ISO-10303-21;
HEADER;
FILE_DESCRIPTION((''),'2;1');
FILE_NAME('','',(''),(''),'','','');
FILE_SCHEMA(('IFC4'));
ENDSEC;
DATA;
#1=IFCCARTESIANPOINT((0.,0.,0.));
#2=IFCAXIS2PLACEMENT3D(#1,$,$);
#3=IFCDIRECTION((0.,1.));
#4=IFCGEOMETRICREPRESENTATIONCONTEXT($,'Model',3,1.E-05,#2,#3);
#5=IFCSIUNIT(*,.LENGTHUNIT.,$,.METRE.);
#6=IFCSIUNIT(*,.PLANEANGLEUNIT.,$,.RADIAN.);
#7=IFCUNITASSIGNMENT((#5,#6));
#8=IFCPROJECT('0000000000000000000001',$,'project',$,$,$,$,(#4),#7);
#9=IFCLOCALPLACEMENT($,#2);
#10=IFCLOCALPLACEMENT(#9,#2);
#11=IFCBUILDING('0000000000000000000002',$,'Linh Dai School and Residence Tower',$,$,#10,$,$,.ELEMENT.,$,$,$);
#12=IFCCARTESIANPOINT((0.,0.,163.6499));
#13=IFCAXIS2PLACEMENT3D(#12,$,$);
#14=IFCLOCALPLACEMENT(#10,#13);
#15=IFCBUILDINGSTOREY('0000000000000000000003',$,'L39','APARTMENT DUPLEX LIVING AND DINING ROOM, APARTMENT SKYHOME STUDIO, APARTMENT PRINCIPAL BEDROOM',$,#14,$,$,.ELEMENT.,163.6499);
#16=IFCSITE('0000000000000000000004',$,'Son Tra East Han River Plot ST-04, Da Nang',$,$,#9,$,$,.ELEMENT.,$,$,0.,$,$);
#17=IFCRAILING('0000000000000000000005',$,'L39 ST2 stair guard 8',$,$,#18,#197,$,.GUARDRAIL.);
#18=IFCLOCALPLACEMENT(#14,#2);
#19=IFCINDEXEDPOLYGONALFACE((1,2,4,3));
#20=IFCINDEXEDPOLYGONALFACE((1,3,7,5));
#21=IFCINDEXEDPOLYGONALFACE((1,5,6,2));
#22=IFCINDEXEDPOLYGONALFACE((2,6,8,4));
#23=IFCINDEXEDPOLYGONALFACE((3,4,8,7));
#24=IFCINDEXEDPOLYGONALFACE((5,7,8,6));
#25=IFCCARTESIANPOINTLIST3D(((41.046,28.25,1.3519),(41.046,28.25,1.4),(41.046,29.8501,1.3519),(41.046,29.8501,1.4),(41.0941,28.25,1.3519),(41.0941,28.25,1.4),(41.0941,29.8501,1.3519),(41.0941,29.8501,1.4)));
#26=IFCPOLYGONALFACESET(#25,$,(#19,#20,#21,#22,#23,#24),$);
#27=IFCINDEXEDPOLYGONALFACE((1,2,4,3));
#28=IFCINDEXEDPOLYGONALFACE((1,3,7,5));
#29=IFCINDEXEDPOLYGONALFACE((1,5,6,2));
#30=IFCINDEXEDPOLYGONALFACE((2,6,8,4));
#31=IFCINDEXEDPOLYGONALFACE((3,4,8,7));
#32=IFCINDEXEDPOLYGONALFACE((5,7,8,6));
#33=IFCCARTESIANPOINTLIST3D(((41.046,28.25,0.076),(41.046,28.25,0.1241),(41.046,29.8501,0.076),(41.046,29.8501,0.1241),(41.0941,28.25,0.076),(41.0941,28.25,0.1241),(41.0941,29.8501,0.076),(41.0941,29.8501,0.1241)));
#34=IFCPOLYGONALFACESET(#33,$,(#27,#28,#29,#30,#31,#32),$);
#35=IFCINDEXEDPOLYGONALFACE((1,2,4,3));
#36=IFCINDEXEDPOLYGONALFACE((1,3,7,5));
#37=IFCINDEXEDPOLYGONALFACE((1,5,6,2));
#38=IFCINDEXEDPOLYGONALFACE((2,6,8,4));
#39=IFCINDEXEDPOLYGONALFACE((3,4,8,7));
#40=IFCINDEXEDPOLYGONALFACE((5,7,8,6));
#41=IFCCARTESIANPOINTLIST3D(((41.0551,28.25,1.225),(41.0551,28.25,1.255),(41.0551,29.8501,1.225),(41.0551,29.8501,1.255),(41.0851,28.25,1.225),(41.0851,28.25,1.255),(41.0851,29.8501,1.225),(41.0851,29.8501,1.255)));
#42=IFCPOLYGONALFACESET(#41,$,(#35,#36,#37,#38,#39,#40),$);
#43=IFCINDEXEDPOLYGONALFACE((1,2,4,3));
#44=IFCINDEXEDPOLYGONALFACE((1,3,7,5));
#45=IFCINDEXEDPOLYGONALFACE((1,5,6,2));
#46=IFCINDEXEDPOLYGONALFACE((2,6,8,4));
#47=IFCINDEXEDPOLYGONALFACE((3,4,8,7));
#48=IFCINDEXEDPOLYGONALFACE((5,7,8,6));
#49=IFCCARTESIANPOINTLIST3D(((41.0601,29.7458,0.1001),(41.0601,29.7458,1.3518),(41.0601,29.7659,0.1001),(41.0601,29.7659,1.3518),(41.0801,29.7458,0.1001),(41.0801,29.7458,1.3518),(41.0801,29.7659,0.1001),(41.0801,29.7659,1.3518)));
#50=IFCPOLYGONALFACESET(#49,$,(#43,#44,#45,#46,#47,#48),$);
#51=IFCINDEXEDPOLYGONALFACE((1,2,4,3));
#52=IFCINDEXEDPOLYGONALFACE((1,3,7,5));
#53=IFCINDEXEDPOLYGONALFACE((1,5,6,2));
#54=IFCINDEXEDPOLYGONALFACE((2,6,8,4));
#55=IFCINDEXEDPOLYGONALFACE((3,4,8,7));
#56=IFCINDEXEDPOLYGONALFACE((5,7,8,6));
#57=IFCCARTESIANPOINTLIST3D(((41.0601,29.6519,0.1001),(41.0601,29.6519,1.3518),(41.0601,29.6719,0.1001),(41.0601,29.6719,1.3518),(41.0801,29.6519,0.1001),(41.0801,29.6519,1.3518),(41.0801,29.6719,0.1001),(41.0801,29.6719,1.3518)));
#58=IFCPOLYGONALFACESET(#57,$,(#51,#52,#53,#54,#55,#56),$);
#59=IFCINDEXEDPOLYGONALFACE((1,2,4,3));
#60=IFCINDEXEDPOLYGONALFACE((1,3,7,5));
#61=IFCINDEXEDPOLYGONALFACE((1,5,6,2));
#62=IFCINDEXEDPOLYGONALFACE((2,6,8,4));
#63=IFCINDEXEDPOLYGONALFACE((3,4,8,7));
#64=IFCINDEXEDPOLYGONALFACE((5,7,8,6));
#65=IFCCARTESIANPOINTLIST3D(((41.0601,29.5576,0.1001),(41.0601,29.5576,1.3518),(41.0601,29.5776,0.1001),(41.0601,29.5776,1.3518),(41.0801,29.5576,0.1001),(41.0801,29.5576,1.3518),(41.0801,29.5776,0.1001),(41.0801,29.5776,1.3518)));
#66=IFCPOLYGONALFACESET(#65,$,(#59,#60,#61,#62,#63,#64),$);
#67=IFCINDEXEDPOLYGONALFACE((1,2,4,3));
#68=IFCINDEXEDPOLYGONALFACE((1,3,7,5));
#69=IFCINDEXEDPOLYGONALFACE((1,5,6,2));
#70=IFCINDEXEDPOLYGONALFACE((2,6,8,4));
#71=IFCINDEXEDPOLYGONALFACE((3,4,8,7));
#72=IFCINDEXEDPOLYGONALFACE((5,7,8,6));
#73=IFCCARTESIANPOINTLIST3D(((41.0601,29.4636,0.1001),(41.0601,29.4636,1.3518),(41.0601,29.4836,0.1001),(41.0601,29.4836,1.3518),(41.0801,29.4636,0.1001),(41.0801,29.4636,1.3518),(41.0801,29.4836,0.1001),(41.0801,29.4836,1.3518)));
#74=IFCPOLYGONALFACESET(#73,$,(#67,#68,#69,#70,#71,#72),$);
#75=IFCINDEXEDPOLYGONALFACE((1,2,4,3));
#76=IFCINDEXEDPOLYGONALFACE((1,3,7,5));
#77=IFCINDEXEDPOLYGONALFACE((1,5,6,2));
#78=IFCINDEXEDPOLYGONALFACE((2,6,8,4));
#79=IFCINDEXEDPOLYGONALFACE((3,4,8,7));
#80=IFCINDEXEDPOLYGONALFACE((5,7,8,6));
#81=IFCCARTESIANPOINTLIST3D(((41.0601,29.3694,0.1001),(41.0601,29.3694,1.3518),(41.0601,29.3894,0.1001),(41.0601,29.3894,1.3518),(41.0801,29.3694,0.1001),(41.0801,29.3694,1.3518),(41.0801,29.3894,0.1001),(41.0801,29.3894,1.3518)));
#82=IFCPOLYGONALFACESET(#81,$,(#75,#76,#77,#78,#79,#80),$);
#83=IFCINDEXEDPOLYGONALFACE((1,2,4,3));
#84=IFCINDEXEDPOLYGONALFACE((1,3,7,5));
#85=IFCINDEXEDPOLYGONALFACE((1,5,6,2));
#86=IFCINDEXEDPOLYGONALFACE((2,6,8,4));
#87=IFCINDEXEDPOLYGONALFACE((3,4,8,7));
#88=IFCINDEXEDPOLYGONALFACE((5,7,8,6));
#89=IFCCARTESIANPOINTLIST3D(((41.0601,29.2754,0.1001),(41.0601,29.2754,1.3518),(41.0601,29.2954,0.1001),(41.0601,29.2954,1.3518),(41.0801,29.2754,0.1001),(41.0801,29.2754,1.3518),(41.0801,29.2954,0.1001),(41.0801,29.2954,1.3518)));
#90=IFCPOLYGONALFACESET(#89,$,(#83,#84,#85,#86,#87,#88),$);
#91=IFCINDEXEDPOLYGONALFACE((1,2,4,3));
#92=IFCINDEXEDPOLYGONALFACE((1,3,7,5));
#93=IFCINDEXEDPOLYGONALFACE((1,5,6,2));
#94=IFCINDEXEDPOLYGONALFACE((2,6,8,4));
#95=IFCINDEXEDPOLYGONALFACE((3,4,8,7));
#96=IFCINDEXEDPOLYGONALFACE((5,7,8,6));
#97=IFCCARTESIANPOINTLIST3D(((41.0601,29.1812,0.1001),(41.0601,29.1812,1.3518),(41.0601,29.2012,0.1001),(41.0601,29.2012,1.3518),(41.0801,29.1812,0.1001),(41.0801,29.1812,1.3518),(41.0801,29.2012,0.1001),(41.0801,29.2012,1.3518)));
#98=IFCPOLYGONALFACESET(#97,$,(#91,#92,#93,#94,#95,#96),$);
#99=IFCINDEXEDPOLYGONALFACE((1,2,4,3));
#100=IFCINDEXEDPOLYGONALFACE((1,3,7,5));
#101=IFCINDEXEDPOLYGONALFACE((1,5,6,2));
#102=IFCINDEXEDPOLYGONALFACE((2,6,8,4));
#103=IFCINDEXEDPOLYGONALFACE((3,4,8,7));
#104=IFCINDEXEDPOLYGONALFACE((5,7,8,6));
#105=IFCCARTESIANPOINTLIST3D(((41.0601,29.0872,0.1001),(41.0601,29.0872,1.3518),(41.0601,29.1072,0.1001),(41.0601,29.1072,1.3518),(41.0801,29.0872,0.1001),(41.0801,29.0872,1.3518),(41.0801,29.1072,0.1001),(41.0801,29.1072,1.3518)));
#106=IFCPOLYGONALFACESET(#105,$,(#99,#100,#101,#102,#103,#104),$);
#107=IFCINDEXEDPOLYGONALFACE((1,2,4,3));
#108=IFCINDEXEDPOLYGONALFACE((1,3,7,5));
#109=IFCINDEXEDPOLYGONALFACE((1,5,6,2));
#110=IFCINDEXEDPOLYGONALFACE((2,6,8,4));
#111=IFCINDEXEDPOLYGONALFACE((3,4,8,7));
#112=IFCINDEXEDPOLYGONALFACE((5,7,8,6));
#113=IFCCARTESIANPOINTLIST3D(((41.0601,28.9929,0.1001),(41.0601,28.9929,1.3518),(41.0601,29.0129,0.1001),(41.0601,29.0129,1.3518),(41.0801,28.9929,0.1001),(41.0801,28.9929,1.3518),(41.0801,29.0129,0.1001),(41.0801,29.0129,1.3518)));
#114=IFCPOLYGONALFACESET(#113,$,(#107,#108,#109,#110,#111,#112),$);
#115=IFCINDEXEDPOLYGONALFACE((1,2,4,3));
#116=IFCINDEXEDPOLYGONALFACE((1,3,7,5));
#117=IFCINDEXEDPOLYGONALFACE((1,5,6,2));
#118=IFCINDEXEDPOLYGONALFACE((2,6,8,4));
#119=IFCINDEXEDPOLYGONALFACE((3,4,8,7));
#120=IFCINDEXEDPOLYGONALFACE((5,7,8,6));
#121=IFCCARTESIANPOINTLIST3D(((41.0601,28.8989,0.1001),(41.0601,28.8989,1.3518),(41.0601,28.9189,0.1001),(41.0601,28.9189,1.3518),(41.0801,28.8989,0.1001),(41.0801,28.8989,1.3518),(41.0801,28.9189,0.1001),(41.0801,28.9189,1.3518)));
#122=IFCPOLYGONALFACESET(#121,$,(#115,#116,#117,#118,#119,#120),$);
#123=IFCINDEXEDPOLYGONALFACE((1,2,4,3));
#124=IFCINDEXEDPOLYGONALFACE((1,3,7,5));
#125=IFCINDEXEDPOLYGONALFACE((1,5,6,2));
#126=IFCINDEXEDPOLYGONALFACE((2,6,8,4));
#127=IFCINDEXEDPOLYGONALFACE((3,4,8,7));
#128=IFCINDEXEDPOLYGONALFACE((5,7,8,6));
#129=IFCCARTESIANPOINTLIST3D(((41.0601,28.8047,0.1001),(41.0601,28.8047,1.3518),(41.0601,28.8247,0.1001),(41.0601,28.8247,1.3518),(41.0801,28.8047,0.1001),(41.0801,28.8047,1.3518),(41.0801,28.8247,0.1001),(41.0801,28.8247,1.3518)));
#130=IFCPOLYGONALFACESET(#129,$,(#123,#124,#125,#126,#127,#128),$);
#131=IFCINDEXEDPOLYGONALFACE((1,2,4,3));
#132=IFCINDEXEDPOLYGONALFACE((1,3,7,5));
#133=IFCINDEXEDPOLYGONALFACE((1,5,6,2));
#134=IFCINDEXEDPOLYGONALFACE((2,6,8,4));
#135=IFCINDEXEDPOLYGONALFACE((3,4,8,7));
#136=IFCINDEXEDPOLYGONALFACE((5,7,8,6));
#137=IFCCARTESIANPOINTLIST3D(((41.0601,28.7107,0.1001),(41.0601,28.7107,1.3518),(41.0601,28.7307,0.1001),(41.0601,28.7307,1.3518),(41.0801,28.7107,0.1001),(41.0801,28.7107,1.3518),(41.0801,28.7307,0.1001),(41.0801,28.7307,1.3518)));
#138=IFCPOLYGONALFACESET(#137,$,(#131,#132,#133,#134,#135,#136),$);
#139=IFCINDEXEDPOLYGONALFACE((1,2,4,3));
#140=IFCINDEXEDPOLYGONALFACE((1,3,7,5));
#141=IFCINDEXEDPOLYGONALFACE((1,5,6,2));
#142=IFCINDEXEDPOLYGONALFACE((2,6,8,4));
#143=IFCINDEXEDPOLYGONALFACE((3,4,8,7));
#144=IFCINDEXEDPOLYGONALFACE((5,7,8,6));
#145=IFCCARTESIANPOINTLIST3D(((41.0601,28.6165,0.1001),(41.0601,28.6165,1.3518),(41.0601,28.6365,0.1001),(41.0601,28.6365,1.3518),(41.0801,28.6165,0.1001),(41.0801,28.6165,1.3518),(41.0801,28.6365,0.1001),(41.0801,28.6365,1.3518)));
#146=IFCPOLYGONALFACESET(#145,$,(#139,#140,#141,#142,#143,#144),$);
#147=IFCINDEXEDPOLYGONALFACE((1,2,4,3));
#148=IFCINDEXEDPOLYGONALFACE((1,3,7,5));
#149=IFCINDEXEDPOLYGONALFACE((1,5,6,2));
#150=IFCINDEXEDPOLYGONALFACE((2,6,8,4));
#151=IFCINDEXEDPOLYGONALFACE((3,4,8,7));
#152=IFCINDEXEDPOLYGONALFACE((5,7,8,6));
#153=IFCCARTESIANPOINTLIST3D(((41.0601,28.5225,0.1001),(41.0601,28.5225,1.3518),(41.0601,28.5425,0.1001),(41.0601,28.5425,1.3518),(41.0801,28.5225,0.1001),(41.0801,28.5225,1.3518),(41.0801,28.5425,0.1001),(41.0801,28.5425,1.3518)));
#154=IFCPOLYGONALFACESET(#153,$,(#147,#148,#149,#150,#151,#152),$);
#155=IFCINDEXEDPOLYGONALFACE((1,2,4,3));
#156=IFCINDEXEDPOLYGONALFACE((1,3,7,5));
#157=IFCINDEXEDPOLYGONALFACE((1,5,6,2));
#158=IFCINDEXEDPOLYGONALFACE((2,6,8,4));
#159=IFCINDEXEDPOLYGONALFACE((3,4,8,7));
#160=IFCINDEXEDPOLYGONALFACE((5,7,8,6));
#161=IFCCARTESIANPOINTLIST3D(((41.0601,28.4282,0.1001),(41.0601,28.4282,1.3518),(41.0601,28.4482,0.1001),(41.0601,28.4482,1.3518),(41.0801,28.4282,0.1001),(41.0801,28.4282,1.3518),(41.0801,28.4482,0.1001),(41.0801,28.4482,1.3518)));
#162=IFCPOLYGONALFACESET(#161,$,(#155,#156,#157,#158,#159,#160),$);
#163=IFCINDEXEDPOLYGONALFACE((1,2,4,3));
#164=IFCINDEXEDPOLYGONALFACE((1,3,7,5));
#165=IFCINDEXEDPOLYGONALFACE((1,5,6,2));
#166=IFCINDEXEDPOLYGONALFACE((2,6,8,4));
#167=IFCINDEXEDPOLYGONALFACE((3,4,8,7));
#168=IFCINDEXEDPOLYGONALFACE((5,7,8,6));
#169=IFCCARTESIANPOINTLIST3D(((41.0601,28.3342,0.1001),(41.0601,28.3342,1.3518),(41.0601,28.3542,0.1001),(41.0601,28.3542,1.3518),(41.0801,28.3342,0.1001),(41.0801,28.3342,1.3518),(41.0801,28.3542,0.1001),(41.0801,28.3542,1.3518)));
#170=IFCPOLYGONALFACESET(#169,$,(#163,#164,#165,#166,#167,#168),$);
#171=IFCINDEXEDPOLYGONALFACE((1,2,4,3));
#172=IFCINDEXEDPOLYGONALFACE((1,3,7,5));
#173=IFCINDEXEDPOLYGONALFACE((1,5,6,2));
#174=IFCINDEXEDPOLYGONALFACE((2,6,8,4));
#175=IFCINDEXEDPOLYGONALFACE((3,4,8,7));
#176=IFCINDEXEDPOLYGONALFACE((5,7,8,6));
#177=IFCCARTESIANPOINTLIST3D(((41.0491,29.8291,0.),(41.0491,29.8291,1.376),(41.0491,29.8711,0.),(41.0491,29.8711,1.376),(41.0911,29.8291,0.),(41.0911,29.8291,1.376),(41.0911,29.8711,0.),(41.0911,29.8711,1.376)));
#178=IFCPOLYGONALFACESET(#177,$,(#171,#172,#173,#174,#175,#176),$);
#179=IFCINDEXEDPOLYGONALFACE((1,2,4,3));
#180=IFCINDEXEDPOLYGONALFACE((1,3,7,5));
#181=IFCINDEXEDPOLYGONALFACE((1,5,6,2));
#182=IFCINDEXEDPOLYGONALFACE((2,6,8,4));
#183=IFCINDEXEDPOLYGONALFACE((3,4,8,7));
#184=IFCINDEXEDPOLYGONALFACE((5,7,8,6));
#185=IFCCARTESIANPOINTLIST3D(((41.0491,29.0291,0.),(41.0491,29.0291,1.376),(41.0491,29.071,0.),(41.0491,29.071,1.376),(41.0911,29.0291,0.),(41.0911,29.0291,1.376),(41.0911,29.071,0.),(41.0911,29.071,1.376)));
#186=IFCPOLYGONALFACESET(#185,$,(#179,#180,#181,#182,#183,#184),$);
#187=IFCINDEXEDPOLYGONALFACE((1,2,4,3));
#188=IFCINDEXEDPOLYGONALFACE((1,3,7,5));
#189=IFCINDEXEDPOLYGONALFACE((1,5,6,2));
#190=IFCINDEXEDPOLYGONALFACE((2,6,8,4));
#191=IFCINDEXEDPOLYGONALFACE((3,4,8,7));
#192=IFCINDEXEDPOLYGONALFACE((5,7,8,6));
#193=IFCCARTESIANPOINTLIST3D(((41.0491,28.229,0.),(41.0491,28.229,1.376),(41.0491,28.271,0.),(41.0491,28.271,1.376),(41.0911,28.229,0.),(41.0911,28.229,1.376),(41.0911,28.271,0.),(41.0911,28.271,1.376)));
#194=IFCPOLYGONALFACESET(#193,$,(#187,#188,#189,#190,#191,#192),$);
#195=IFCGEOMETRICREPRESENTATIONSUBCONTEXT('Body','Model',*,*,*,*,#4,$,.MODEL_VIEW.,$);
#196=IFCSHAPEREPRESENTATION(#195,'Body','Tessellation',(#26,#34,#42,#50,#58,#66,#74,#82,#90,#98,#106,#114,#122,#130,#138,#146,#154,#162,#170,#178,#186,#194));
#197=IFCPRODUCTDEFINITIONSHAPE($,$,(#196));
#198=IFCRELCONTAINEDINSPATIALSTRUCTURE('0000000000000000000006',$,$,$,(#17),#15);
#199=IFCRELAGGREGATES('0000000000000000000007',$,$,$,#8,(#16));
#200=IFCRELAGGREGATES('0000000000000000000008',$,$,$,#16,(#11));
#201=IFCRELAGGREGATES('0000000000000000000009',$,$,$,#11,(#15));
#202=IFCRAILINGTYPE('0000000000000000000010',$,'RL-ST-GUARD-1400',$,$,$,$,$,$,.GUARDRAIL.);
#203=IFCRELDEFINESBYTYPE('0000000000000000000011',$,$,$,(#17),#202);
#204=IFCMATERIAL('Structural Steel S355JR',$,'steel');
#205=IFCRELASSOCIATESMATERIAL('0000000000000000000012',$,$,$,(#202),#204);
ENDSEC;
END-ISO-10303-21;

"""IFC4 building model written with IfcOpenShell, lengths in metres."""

from ifc_helpers import new_model, si_unit, direction, frame, origin, origin_2d, place, context, subcontext, project, spatial, rectangle, extrude, source, transform, mapped, material, type_object, element, save


model = new_model("IFC4")

# Units and contexts
model_context = context("Model", 3, precision=1e-05, world=origin(), true_north=direction((0.0, 1.0)))
body_context = subcontext(model_context, "Body", "Model", "MODEL_VIEW")
ifc_project = project(units=[si_unit("LENGTHUNIT", "METRE"), si_unit("PLANEANGLEUNIT", "RADIAN")], contexts=[model_context])

# Site, building, storey
site_placement = place(None, origin())
site = spatial("IfcSite", under=ifc_project, at=site_placement, Name="Son Tra East Han River Plot ST-04, Da Nang", CompositionType="ELEMENT", RefElevation=0.0)
building_placement = place(site_placement, origin())
building = spatial("IfcBuilding", under=site, at=building_placement, Name="Linh Dai School and Residence Tower", CompositionType="ELEMENT")
storey_placement = place(building_placement, frame((0.0, 0.0, 163.6499)))
storey = spatial("IfcBuildingStorey", under=building, at=storey_placement, Name="L39", Description="APARTMENT DUPLEX LIVING AND DINING ROOM, APARTMENT SKYHOME STUDIO, APARTMENT PRINCIPAL BEDROOM", CompositionType="ELEMENT", Elevation=163.6499)

# Shared definitions
ifc_material_1 = material(Name="Structural Steel S355JR", Category="steel")

# Railing
railing_type_1 = type_object("IfcRailingType", Name="RL-ST-GUARD-1400", PredefinedType="GUARDRAIL", material=ifc_material_1)
shared_shape_1 = source(origin(), body_context, "Body", "SweptSolid", [
    extrude(rectangle(XDim=0.0481, YDim=0.0481, at=origin_2d()), frame((0.0, 0.0, 1.376), z_axis=(0.0, -1.0, 0.0), x_axis=(1.0, 0.0, 0.0)), (0.0, 0.0, 1.0), 1.6001),
    extrude(rectangle(XDim=0.0481, YDim=0.0481, at=origin_2d()), frame((0.0, 0.0, 0.1001), z_axis=(0.0, -1.0, 0.0), x_axis=(1.0, 0.0, 0.0)), (0.0, 0.0, 1.0), 1.6001),
    extrude(rectangle(XDim=0.03, YDim=0.03, at=origin_2d()), frame((0.0, 0.0, 1.24), z_axis=(0.0, -1.0, 0.0), x_axis=(1.0, 0.0, 0.0)), (0.0, 0.0, 1.0), 1.6001),
    extrude(rectangle(XDim=0.02, YDim=0.02, at=origin_2d()), frame((0.0, -0.0942, 0.1001)), (0.0, 0.0, 1.0), 1.2517),
    extrude(rectangle(XDim=0.02, YDim=0.02, at=origin_2d()), frame((0.0, -0.1882, 0.1001)), (0.0, 0.0, 1.0), 1.2517),
    extrude(rectangle(XDim=0.02, YDim=0.02, at=origin_2d()), frame((0.0, -0.2825, 0.1001)), (0.0, 0.0, 1.0), 1.2517),
    extrude(rectangle(XDim=0.02, YDim=0.02, at=origin_2d()), frame((0.0, -0.3765, 0.1001)), (0.0, 0.0, 1.0), 1.2517),
    extrude(rectangle(XDim=0.02, YDim=0.02, at=origin_2d()), frame((0.0, -0.4707, 0.1001)), (0.0, 0.0, 1.0), 1.2517),
    extrude(rectangle(XDim=0.02, YDim=0.02, at=origin_2d()), frame((0.0, -0.5647, 0.1001)), (0.0, 0.0, 1.0), 1.2517),
    extrude(rectangle(XDim=0.02, YDim=0.02, at=origin_2d()), frame((0.0, -0.6589, 0.1001)), (0.0, 0.0, 1.0), 1.2517),
    extrude(rectangle(XDim=0.02, YDim=0.02, at=origin_2d()), frame((0.0, -0.7529, 0.1001)), (0.0, 0.0, 1.0), 1.2517),
    extrude(rectangle(XDim=0.02, YDim=0.02, at=origin_2d()), frame((0.0, -0.8472, 0.1001)), (0.0, 0.0, 1.0), 1.2517),
    extrude(rectangle(XDim=0.02, YDim=0.02, at=origin_2d()), frame((0.0, -0.9412, 0.1001)), (0.0, 0.0, 1.0), 1.2517),
    extrude(rectangle(XDim=0.02, YDim=0.02, at=origin_2d()), frame((0.0, -1.0354, 0.1001)), (0.0, 0.0, 1.0), 1.2517),
    extrude(rectangle(XDim=0.02, YDim=0.02, at=origin_2d()), frame((0.0, -1.1294, 0.1001)), (0.0, 0.0, 1.0), 1.2517),
    extrude(rectangle(XDim=0.02, YDim=0.02, at=origin_2d()), frame((0.0, -1.2236, 0.1001)), (0.0, 0.0, 1.0), 1.2517),
    extrude(rectangle(XDim=0.02, YDim=0.02, at=origin_2d()), frame((0.0, -1.3176, 0.1001)), (0.0, 0.0, 1.0), 1.2517),
    extrude(rectangle(XDim=0.02, YDim=0.02, at=origin_2d()), frame((0.0, -1.4119, 0.1001)), (0.0, 0.0, 1.0), 1.2517),
    extrude(rectangle(XDim=0.02, YDim=0.02, at=origin_2d()), frame((0.0, -1.5059, 0.1001)), (0.0, 0.0, 1.0), 1.2517),
    extrude(rectangle(XDim=0.042, YDim=0.042, at=origin_2d()), origin(), (0.0, 0.0, 1.0), 1.376),
    extrude(rectangle(XDim=0.042, YDim=0.042, at=origin_2d()), frame((0.0, -0.8, 0.0)), (0.0, 0.0, 1.0), 1.376),
    extrude(rectangle(XDim=0.042, YDim=0.042, at=origin_2d()), frame((0.0, -1.6001, 0.0)), (0.0, 0.0, 1.0), 1.376),
])
for number, where, name in (
    (1, (41.0701, 29.8501, 0.0), "L39 ST2 stair guard 8"),
):
    element("IfcRailing", number, at=place(storey_placement, frame(where)), inside=storey, type_object=railing_type_1, Name=name, PredefinedType="GUARDRAIL", context=body_context, shape_type="MappedRepresentation", body=[
        mapped(shared_shape_1, transform((0.0, 0.0, 0.0), x_axis=(1.0, 0.0, 0.0), y_axis=(0.0, 1.0, 0.0), z_axis=(0.0, 0.0, 1.0), scale=1.0)),
    ])

save(model, "model.ifc")
